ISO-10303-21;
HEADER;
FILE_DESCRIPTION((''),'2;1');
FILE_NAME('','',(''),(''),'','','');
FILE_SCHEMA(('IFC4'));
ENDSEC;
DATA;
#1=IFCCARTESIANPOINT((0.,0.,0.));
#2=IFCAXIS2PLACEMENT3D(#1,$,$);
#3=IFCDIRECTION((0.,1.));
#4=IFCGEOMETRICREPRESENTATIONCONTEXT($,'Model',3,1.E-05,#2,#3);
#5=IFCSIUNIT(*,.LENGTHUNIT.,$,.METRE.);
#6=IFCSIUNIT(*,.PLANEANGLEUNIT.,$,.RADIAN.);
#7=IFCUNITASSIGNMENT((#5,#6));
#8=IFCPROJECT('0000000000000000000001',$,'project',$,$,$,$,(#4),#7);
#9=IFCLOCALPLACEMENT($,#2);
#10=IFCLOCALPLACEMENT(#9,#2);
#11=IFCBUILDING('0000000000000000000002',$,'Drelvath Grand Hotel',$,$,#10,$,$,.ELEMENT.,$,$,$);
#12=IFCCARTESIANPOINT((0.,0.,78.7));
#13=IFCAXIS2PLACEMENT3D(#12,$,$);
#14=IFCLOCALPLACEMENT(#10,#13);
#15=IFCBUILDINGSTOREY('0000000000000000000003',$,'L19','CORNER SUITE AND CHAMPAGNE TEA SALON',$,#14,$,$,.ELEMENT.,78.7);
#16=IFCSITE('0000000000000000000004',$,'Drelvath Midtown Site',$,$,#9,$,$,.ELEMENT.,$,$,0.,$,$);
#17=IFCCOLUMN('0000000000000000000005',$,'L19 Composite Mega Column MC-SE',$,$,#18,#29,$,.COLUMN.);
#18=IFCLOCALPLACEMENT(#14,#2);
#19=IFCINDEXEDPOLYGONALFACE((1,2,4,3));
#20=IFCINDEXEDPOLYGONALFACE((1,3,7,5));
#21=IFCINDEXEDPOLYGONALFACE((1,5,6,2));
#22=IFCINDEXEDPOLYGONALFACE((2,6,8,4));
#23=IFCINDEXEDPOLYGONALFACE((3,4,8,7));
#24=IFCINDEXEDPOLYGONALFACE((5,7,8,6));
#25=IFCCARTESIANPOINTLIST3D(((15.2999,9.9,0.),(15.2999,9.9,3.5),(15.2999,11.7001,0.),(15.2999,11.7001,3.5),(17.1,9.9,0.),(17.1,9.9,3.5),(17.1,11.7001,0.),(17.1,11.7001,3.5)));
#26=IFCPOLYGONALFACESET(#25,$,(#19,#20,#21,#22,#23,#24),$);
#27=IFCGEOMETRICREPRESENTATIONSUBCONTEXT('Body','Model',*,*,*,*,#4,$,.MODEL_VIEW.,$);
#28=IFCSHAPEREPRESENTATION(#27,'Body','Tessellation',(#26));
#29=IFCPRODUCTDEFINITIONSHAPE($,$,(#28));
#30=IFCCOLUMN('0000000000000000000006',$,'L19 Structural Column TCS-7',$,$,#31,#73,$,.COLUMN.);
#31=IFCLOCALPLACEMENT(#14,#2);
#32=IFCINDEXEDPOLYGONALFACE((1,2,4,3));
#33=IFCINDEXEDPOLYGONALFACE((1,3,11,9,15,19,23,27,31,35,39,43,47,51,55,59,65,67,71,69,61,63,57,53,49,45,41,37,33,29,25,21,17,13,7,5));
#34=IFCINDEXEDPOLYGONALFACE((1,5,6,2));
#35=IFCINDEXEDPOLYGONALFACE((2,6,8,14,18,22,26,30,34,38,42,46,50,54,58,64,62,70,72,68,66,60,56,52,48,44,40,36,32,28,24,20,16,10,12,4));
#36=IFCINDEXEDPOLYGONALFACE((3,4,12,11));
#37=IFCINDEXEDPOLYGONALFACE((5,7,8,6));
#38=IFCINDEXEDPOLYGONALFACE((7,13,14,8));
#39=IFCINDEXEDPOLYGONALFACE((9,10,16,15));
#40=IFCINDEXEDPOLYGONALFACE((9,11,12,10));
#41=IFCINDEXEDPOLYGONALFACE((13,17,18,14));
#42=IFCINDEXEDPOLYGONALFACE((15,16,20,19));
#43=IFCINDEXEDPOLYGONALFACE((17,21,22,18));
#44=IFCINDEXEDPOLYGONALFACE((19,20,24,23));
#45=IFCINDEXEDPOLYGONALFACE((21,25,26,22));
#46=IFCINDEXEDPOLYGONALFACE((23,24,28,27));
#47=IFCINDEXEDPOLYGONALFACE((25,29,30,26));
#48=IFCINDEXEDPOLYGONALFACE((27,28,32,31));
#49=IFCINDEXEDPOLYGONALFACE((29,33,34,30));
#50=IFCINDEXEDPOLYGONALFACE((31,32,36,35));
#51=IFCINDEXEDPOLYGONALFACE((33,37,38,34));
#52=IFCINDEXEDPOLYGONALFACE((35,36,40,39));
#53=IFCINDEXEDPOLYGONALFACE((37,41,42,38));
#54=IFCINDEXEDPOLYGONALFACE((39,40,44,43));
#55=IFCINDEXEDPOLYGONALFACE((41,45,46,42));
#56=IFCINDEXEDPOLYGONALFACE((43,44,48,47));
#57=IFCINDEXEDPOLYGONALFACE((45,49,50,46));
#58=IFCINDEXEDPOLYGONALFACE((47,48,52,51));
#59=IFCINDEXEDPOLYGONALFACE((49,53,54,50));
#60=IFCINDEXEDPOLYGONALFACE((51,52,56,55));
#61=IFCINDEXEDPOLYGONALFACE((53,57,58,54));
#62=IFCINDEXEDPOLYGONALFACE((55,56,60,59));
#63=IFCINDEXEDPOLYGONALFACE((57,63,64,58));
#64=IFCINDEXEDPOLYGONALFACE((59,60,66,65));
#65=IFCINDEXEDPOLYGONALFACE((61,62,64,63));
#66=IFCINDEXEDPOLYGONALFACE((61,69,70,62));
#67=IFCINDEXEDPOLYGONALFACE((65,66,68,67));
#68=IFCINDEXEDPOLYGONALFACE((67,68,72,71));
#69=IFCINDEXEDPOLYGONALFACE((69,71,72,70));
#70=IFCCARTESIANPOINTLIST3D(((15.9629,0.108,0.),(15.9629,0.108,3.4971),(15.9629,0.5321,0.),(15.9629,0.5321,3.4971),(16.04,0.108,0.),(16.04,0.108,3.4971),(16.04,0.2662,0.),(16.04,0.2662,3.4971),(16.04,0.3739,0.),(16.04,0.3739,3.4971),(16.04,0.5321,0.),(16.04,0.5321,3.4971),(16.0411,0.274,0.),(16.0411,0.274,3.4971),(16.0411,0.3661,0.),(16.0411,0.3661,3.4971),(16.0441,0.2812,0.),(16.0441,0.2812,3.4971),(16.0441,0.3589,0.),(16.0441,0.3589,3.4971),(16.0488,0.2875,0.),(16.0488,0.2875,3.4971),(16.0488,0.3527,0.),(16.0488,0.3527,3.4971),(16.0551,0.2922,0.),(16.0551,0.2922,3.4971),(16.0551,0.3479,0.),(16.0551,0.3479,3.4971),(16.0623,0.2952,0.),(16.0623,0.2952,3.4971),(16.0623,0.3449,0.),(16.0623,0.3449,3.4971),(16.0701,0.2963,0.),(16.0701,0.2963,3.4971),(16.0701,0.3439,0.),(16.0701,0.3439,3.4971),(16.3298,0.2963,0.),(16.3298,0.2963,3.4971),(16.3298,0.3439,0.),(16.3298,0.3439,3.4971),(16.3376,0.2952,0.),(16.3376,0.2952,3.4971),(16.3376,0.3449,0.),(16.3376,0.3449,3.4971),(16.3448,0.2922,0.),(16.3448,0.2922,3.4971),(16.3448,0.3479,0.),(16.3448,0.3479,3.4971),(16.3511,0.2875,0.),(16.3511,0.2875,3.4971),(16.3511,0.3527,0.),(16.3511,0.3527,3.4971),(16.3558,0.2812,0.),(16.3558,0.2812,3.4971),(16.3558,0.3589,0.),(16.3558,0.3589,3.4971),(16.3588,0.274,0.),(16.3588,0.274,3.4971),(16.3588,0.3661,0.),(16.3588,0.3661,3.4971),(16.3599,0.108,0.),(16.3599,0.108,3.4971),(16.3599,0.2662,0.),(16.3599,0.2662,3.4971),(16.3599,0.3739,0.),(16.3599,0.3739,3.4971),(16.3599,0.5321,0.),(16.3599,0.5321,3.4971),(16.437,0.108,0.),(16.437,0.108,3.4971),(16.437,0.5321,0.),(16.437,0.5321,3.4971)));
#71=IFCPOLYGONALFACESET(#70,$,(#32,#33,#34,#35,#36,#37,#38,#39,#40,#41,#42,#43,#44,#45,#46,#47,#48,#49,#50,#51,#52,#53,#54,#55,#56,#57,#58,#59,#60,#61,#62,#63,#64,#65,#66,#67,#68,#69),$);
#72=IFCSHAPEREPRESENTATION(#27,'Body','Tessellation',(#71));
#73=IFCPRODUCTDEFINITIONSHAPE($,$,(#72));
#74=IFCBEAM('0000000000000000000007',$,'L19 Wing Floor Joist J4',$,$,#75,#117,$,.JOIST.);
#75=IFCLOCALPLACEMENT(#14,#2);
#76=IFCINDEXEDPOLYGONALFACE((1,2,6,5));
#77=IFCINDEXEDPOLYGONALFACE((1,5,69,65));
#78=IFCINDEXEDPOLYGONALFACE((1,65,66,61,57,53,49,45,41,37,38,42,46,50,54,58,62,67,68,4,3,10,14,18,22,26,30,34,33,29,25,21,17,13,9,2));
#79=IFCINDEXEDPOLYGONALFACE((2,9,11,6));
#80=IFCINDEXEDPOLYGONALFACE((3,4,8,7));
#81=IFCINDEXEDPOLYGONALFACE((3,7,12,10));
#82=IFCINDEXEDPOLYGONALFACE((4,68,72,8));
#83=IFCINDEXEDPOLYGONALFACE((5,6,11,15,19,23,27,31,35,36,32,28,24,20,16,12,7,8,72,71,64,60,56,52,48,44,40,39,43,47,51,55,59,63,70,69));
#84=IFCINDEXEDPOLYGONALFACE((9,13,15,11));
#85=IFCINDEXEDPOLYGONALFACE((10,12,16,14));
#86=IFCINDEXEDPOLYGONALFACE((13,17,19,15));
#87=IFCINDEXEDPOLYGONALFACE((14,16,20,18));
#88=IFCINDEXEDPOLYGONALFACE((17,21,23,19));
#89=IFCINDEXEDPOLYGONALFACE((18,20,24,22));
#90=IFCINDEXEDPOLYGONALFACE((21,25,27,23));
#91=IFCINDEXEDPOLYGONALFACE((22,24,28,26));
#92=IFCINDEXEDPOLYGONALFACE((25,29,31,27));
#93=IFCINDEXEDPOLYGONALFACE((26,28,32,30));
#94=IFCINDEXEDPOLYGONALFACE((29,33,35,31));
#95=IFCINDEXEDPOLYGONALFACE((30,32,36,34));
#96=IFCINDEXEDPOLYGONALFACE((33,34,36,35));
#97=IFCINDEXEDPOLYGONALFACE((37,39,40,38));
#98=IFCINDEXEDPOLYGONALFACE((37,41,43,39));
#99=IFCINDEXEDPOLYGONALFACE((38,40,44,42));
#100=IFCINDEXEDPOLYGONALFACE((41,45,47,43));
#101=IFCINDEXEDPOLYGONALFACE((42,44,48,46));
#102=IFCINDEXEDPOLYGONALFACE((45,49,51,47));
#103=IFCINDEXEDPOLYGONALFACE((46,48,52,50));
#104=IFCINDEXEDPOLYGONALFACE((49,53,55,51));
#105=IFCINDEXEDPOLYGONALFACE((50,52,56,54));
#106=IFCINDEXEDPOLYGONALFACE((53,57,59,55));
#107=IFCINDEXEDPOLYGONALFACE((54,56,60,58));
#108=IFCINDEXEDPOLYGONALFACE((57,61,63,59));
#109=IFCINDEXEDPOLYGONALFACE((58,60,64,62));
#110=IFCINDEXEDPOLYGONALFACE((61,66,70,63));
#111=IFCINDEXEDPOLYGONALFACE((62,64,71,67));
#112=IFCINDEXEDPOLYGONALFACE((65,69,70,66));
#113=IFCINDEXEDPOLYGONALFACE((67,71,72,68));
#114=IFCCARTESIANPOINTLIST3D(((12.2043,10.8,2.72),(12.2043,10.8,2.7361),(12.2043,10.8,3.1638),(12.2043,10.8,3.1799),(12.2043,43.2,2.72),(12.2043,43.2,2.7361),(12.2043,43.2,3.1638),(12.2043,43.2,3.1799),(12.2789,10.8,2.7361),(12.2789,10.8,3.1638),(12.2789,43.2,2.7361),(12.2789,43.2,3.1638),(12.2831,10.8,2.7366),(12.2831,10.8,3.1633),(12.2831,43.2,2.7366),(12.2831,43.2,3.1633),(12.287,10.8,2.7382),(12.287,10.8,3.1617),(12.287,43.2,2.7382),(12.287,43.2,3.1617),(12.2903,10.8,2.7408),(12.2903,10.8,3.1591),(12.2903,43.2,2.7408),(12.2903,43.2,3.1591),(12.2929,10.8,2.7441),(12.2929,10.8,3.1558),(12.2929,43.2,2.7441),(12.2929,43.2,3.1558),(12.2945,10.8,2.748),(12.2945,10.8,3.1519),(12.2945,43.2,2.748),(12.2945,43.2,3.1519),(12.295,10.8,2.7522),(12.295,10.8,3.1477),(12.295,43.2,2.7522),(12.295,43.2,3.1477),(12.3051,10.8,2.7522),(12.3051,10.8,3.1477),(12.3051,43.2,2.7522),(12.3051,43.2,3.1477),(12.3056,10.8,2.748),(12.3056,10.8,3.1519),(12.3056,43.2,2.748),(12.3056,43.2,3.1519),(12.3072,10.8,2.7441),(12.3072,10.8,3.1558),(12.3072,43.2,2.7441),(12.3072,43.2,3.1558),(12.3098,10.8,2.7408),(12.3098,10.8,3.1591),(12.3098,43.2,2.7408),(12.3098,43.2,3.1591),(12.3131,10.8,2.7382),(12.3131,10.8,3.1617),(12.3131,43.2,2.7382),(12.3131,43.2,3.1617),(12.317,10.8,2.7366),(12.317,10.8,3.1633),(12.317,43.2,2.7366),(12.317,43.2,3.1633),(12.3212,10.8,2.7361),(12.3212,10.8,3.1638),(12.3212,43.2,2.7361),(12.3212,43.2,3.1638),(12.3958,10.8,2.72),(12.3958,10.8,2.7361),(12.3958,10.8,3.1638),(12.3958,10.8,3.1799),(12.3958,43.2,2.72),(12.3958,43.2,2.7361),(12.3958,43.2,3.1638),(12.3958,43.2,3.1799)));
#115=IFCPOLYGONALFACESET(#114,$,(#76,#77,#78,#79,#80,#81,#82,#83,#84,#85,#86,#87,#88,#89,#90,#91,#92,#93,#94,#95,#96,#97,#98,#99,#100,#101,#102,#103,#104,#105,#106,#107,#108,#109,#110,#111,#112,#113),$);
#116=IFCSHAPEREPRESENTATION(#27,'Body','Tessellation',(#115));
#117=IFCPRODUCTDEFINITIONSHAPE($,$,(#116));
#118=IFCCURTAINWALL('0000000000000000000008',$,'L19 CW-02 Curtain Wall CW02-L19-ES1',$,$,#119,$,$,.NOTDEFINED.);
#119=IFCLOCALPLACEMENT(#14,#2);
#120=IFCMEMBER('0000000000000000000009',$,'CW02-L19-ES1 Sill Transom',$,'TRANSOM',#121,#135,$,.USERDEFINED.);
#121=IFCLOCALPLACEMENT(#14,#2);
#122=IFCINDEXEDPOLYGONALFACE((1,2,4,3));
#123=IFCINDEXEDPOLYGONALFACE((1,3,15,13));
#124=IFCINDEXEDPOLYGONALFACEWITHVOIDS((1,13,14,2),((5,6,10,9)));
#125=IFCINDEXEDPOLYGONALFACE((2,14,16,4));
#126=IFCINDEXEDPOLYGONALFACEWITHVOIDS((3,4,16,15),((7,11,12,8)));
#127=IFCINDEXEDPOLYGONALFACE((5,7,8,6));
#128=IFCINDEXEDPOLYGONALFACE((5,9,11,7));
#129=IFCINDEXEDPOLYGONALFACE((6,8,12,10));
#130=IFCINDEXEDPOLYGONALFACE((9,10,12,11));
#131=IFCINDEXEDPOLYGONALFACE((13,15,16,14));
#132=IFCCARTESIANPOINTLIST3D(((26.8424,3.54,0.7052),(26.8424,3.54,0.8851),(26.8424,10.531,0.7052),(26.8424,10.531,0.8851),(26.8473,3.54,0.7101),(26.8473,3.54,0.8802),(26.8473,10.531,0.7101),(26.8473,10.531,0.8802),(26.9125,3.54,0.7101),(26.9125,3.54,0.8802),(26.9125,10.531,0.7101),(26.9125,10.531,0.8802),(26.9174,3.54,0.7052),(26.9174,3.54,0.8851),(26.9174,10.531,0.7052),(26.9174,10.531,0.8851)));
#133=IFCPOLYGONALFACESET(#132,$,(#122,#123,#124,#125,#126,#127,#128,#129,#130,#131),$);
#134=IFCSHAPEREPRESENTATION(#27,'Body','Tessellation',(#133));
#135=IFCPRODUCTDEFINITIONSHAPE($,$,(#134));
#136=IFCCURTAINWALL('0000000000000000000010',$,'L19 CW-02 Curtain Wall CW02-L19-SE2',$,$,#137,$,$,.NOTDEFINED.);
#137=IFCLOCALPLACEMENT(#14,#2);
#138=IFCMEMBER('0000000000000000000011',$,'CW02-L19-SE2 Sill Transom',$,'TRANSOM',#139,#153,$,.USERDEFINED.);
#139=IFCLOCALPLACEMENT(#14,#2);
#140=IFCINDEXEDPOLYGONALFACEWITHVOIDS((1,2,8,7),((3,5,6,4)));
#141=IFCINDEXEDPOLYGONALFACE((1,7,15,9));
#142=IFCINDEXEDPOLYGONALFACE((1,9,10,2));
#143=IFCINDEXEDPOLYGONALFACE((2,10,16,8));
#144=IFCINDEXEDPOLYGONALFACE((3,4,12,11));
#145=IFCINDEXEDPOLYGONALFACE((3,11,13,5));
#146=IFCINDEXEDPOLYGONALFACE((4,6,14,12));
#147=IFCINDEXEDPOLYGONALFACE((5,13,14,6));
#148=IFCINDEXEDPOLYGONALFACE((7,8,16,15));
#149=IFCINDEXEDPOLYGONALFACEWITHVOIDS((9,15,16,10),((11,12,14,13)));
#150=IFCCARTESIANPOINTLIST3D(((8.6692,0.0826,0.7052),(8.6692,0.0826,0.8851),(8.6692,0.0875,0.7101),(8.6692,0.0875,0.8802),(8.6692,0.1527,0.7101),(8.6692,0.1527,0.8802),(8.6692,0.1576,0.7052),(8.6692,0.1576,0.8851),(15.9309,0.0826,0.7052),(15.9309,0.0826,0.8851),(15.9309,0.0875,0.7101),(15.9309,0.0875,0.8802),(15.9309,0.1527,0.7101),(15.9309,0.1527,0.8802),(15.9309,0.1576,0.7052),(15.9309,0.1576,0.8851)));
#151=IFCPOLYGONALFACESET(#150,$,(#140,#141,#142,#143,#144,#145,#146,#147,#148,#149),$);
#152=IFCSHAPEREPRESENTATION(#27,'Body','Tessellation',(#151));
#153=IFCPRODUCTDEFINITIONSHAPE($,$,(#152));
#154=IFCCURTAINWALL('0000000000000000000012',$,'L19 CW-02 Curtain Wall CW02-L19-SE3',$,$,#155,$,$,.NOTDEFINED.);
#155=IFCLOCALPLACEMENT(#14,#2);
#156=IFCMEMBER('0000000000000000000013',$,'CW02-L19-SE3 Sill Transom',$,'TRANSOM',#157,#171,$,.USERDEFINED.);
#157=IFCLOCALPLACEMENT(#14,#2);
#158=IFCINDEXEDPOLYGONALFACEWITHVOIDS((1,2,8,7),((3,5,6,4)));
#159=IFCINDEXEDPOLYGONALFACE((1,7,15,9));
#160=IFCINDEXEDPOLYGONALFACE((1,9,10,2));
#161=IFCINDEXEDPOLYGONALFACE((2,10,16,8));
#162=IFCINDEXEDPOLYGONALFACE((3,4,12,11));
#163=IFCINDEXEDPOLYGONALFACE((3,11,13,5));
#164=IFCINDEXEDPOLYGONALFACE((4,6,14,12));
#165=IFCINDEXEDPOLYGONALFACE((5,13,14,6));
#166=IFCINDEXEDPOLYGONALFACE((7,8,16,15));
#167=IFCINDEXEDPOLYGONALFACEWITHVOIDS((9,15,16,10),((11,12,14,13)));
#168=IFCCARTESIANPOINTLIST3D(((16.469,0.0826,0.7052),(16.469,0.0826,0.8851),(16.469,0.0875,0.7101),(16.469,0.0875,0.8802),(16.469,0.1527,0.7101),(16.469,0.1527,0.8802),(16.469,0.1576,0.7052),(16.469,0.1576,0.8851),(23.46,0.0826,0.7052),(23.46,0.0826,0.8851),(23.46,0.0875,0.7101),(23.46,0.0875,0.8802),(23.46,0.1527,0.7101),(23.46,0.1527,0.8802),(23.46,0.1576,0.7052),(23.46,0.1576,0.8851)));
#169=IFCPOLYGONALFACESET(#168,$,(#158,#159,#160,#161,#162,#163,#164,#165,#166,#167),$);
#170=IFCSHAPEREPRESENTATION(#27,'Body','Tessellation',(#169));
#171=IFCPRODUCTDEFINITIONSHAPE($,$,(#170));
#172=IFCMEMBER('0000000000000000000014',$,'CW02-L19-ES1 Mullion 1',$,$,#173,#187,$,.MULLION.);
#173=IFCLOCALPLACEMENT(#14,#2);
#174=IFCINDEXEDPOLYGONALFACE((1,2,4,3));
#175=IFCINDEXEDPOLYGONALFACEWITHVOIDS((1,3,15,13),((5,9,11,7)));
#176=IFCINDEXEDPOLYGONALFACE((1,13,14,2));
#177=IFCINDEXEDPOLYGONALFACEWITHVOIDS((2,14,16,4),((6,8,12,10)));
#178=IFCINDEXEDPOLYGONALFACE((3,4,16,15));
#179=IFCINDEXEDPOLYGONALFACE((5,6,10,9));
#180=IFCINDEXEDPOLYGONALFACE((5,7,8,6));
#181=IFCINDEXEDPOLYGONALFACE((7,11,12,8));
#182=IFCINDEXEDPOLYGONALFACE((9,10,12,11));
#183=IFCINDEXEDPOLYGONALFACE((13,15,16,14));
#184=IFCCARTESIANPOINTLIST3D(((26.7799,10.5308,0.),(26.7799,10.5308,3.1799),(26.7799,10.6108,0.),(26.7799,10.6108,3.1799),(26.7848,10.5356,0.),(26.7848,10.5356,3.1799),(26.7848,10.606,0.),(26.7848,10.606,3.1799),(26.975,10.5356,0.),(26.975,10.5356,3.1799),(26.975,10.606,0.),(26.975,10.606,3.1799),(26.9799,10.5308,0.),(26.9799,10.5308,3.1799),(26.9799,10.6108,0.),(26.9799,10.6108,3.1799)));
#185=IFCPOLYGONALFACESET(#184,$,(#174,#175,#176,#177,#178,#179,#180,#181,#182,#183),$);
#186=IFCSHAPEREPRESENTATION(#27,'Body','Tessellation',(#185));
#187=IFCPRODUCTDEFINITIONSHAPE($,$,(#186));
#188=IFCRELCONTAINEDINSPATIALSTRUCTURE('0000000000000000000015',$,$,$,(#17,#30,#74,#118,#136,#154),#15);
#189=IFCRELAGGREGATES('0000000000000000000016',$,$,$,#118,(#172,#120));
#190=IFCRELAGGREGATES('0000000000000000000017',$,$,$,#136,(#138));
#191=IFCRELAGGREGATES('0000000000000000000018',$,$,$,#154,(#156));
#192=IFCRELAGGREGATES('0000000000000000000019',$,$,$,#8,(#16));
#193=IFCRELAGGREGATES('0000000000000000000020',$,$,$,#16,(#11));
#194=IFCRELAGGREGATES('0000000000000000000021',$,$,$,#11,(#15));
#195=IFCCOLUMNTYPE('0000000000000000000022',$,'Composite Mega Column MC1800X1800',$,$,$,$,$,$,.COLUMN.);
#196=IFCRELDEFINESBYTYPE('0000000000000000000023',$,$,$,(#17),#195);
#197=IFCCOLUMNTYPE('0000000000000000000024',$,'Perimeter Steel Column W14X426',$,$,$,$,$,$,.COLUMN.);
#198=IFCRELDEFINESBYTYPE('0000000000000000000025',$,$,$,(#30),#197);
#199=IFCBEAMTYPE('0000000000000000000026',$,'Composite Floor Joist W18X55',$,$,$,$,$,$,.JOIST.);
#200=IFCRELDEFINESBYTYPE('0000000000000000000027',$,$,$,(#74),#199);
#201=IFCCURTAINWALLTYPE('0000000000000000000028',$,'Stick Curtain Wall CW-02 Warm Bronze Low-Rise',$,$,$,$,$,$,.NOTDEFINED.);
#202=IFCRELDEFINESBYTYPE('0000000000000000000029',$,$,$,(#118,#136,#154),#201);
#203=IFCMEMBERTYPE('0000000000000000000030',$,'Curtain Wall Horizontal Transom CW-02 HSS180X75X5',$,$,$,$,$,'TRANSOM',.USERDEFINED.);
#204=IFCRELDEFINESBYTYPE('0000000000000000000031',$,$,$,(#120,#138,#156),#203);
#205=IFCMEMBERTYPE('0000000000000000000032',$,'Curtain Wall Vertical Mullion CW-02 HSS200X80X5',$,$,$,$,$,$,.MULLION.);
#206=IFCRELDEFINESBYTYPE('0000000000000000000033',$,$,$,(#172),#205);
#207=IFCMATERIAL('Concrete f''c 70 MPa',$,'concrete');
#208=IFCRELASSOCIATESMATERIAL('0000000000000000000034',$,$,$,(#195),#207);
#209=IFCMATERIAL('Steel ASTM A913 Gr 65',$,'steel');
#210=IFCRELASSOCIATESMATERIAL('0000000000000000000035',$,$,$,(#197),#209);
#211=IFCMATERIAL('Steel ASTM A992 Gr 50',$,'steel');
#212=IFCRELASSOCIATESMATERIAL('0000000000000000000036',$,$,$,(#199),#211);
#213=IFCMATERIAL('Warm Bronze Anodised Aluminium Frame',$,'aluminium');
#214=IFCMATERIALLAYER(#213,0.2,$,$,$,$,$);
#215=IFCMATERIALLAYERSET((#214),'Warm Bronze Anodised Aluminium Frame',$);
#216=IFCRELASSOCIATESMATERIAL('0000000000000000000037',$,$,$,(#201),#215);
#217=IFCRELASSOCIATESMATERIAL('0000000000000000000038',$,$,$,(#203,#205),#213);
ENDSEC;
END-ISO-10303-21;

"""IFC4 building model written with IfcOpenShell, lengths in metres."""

from ifc_helpers import new_model, si_unit, direction, frame, origin, origin_2d, place, context, subcontext, project, spatial, rectangle, hollow_rectangle, i_section, extrude, material, layer, layer_set, material_profile, profile_set, type_object, element, aggregate, save


model = new_model("IFC4")

# Units and contexts
model_context = context("Model", 3, precision=1e-05, world=origin(), true_north=direction((0.0, 1.0)))
body_context = subcontext(model_context, "Body", "Model", "MODEL_VIEW")
ifc_project = project(units=[si_unit("LENGTHUNIT", "METRE"), si_unit("PLANEANGLEUNIT", "RADIAN")], contexts=[model_context])

# Site, building, storey
site_placement = place(None, origin())
site = spatial("IfcSite", under=ifc_project, at=site_placement, Name="Drelvath Midtown Site", CompositionType="ELEMENT", RefElevation=0.0)
building_placement = place(site_placement, origin())
building = spatial("IfcBuilding", under=site, at=building_placement, Name="Drelvath Grand Hotel", CompositionType="ELEMENT")
storey_placement = place(building_placement, frame((0.0, 0.0, 78.7)))
storey = spatial("IfcBuildingStorey", under=building, at=storey_placement, Name="L19", Description="CORNER SUITE AND CHAMPAGNE TEA SALON", CompositionType="ELEMENT", Elevation=78.7)

# Columns
ifc_material_1 = material(Name="Concrete f'c 70 MPa", Category="concrete")
ifc_material_profile_1 = material_profile(ifc_material_1, rectangle(XDim=1.8, YDim=1.8, at=origin_2d()), Name="MC1800X1800")
ifc_profile_set_1 = profile_set([ifc_material_profile_1], Name="Concrete f'c 70 MPa")
column_type_1 = type_object("IfcColumnType", Name="Composite Mega Column MC1800X1800", PredefinedType="COLUMN", material=ifc_profile_set_1)
column_1_placement = place(storey_placement, frame((16.2, 10.8, 0.0), z_axis=(0.0, 0.0, 1.0), x_axis=(1.0, 0.0, 0.0)))
element("IfcColumn", 1, at=column_1_placement, inside=storey, type_object=column_type_1, Name="L19 Composite Mega Column MC-SE", PredefinedType="COLUMN", context=body_context, shape_type="SweptSolid", body=[
    extrude(rectangle(XDim=1.8, YDim=1.8, at=origin_2d()), origin(), (0.0, 0.0, 1.0), 3.5),
])
ifc_material_2 = material(Name="Steel ASTM A913 Gr 65", Category="steel")
ifc_material_profile_2 = material_profile(ifc_material_2, i_section(OverallWidth=0.4241, OverallDepth=0.4741, WebThickness=0.0476, FlangeThickness=0.0771, FilletRadius=0.03, at=origin_2d()), Name="W14X426")
ifc_profile_set_2 = profile_set([ifc_material_profile_2], Name="Steel ASTM A913 Gr 65")
column_type_2 = type_object("IfcColumnType", Name="Perimeter Steel Column W14X426", PredefinedType="COLUMN", material=ifc_profile_set_2)
column_2_placement = place(storey_placement, frame((16.2, 0.3201, 0.0), z_axis=(0.0, 0.0, 1.0), x_axis=(0.0, 1.0, 0.0)))
element("IfcColumn", 2, at=column_2_placement, inside=storey, type_object=column_type_2, Name="L19 Structural Column TCS-7", PredefinedType="COLUMN", context=body_context, shape_type="SweptSolid", body=[
    extrude(i_section(OverallWidth=0.4241, OverallDepth=0.4741, WebThickness=0.0476, FlangeThickness=0.0771, FilletRadius=0.03, at=origin_2d()), origin(), (0.0, 0.0, 1.0), 3.4971),
])

# Beam
ifc_material_3 = material(Name="Steel ASTM A992 Gr 50", Category="steel")
ifc_material_profile_3 = material_profile(ifc_material_3, i_section(OverallWidth=0.1914, OverallDepth=0.46, WebThickness=0.01, FlangeThickness=0.0161, FilletRadius=0.0161, at=origin_2d()), Name="W18X55")
ifc_profile_set_3 = profile_set([ifc_material_profile_3], Name="Steel ASTM A992 Gr 50")
beam_type_1 = type_object("IfcBeamType", Name="Composite Floor Joist W18X55", PredefinedType="JOIST", material=ifc_profile_set_3)
beam_1_placement = place(storey_placement, frame((12.3, 10.8, 2.95), z_axis=(0.0, 1.0, 0.0), x_axis=(-1.0, 0.0, 0.0)))
element("IfcBeam", 3, at=beam_1_placement, inside=storey, type_object=beam_type_1, Name="L19 Wing Floor Joist J4", PredefinedType="JOIST", context=body_context, shape_type="SweptSolid", body=[
    extrude(i_section(OverallWidth=0.1914, OverallDepth=0.46, WebThickness=0.01, FlangeThickness=0.0161, FilletRadius=0.0161, at=origin_2d()), origin(), (0.0, 0.0, 1.0), 32.3999),
])

# Curtain walls, members
ifc_material_4 = material(Name="Warm Bronze Anodised Aluminium Frame", Category="aluminium")
ifc_layer_1 = layer(ifc_material_4, 0.2)
ifc_layer_set_1 = layer_set([ifc_layer_1], Name="Warm Bronze Anodised Aluminium Frame")
curtain_wall_type = type_object("IfcCurtainWallType", Name="Stick Curtain Wall CW-02 Warm Bronze Low-Rise", PredefinedType="NOTDEFINED", material=ifc_layer_set_1)
curtain_wall_1_placement = place(storey_placement, origin())
curtain_wall_1 = element("IfcCurtainWall", 4, at=curtain_wall_1_placement, inside=storey, type_object=curtain_wall_type, Name="L19 CW-02 Curtain Wall CW02-L19-ES1", PredefinedType="NOTDEFINED")
ifc_material_profile_4 = material_profile(ifc_material_4, hollow_rectangle(XDim=0.075, YDim=0.1799, WallThickness=0.0049, at=origin_2d()), Name="HSS180X75X5")
ifc_profile_set_4 = profile_set([ifc_material_profile_4], Name="Warm Bronze Anodised Aluminium Frame")
member_type_1 = type_object("IfcMemberType", Name="Curtain Wall Horizontal Transom CW-02 HSS180X75X5", ElementType="TRANSOM", PredefinedType="USERDEFINED", material=ifc_profile_set_4)
member_1_placement = place(storey_placement, frame((26.8799, 10.531, 0.7952), z_axis=(0.0, -1.0, 0.0), x_axis=(1.0, 0.0, 0.0)))
member_1 = element("IfcMember", 5, at=member_1_placement, type_object=member_type_1, Name="CW02-L19-ES1 Sill Transom", ObjectType="TRANSOM", PredefinedType="USERDEFINED", context=body_context, shape_type="SweptSolid", body=[
    extrude(hollow_rectangle(XDim=0.075, YDim=0.1799, WallThickness=0.0049, at=origin_2d()), origin(), (0.0, 0.0, 1.0), 6.991),
])
curtain_wall_2_placement = place(storey_placement, origin())
curtain_wall_2 = element("IfcCurtainWall", 6, at=curtain_wall_2_placement, inside=storey, type_object=curtain_wall_type, Name="L19 CW-02 Curtain Wall CW02-L19-SE2", PredefinedType="NOTDEFINED")
member_2_placement = place(storey_placement, frame((15.9309, 0.1201, 0.7952), z_axis=(-1.0, 0.0, 0.0), x_axis=(0.0, -1.0, 0.0)))
member_2 = element("IfcMember", 7, at=member_2_placement, type_object=member_type_1, Name="CW02-L19-SE2 Sill Transom", ObjectType="TRANSOM", PredefinedType="USERDEFINED", context=body_context, shape_type="SweptSolid", body=[
    extrude(hollow_rectangle(XDim=0.075, YDim=0.1799, WallThickness=0.0049, at=origin_2d()), origin(), (0.0, 0.0, 1.0), 7.2617),
])
curtain_wall_3_placement = place(storey_placement, origin())
curtain_wall_3 = element("IfcCurtainWall", 8, at=curtain_wall_3_placement, inside=storey, type_object=curtain_wall_type, Name="L19 CW-02 Curtain Wall CW02-L19-SE3", PredefinedType="NOTDEFINED")
member_3_placement = place(storey_placement, frame((23.46, 0.1201, 0.7952), z_axis=(-1.0, 0.0, 0.0), x_axis=(0.0, -1.0, 0.0)))
member_3 = element("IfcMember", 9, at=member_3_placement, type_object=member_type_1, Name="CW02-L19-SE3 Sill Transom", ObjectType="TRANSOM", PredefinedType="USERDEFINED", context=body_context, shape_type="SweptSolid", body=[
    extrude(hollow_rectangle(XDim=0.075, YDim=0.1799, WallThickness=0.0049, at=origin_2d()), origin(), (0.0, 0.0, 1.0), 6.991),
])

# Member
ifc_material_profile_5 = material_profile(ifc_material_4, hollow_rectangle(XDim=0.0801, YDim=0.2, WallThickness=0.0049, at=origin_2d()), Name="HSS200X80X5")
ifc_profile_set_5 = profile_set([ifc_material_profile_5], Name="Warm Bronze Anodised Aluminium Frame")
member_type_2 = type_object("IfcMemberType", Name="Curtain Wall Vertical Mullion CW-02 HSS200X80X5", PredefinedType="MULLION", material=ifc_profile_set_5)
member_4_placement = place(storey_placement, frame((26.8799, 10.5708, 0.0), z_axis=(0.0, 0.0, 1.0), x_axis=(0.0, 1.0, 0.0)))
member_4 = element("IfcMember", 10, at=member_4_placement, type_object=member_type_2, Name="CW02-L19-ES1 Mullion 1", PredefinedType="MULLION", context=body_context, shape_type="SweptSolid", body=[
    extrude(hollow_rectangle(XDim=0.0801, YDim=0.2, WallThickness=0.0049, at=origin_2d()), origin(), (0.0, 0.0, 1.0), 3.1799),
])

aggregate(curtain_wall_1, [member_4, member_1])
aggregate(curtain_wall_2, [member_2])
aggregate(curtain_wall_3, [member_3])

save(model, "model.ifc")
